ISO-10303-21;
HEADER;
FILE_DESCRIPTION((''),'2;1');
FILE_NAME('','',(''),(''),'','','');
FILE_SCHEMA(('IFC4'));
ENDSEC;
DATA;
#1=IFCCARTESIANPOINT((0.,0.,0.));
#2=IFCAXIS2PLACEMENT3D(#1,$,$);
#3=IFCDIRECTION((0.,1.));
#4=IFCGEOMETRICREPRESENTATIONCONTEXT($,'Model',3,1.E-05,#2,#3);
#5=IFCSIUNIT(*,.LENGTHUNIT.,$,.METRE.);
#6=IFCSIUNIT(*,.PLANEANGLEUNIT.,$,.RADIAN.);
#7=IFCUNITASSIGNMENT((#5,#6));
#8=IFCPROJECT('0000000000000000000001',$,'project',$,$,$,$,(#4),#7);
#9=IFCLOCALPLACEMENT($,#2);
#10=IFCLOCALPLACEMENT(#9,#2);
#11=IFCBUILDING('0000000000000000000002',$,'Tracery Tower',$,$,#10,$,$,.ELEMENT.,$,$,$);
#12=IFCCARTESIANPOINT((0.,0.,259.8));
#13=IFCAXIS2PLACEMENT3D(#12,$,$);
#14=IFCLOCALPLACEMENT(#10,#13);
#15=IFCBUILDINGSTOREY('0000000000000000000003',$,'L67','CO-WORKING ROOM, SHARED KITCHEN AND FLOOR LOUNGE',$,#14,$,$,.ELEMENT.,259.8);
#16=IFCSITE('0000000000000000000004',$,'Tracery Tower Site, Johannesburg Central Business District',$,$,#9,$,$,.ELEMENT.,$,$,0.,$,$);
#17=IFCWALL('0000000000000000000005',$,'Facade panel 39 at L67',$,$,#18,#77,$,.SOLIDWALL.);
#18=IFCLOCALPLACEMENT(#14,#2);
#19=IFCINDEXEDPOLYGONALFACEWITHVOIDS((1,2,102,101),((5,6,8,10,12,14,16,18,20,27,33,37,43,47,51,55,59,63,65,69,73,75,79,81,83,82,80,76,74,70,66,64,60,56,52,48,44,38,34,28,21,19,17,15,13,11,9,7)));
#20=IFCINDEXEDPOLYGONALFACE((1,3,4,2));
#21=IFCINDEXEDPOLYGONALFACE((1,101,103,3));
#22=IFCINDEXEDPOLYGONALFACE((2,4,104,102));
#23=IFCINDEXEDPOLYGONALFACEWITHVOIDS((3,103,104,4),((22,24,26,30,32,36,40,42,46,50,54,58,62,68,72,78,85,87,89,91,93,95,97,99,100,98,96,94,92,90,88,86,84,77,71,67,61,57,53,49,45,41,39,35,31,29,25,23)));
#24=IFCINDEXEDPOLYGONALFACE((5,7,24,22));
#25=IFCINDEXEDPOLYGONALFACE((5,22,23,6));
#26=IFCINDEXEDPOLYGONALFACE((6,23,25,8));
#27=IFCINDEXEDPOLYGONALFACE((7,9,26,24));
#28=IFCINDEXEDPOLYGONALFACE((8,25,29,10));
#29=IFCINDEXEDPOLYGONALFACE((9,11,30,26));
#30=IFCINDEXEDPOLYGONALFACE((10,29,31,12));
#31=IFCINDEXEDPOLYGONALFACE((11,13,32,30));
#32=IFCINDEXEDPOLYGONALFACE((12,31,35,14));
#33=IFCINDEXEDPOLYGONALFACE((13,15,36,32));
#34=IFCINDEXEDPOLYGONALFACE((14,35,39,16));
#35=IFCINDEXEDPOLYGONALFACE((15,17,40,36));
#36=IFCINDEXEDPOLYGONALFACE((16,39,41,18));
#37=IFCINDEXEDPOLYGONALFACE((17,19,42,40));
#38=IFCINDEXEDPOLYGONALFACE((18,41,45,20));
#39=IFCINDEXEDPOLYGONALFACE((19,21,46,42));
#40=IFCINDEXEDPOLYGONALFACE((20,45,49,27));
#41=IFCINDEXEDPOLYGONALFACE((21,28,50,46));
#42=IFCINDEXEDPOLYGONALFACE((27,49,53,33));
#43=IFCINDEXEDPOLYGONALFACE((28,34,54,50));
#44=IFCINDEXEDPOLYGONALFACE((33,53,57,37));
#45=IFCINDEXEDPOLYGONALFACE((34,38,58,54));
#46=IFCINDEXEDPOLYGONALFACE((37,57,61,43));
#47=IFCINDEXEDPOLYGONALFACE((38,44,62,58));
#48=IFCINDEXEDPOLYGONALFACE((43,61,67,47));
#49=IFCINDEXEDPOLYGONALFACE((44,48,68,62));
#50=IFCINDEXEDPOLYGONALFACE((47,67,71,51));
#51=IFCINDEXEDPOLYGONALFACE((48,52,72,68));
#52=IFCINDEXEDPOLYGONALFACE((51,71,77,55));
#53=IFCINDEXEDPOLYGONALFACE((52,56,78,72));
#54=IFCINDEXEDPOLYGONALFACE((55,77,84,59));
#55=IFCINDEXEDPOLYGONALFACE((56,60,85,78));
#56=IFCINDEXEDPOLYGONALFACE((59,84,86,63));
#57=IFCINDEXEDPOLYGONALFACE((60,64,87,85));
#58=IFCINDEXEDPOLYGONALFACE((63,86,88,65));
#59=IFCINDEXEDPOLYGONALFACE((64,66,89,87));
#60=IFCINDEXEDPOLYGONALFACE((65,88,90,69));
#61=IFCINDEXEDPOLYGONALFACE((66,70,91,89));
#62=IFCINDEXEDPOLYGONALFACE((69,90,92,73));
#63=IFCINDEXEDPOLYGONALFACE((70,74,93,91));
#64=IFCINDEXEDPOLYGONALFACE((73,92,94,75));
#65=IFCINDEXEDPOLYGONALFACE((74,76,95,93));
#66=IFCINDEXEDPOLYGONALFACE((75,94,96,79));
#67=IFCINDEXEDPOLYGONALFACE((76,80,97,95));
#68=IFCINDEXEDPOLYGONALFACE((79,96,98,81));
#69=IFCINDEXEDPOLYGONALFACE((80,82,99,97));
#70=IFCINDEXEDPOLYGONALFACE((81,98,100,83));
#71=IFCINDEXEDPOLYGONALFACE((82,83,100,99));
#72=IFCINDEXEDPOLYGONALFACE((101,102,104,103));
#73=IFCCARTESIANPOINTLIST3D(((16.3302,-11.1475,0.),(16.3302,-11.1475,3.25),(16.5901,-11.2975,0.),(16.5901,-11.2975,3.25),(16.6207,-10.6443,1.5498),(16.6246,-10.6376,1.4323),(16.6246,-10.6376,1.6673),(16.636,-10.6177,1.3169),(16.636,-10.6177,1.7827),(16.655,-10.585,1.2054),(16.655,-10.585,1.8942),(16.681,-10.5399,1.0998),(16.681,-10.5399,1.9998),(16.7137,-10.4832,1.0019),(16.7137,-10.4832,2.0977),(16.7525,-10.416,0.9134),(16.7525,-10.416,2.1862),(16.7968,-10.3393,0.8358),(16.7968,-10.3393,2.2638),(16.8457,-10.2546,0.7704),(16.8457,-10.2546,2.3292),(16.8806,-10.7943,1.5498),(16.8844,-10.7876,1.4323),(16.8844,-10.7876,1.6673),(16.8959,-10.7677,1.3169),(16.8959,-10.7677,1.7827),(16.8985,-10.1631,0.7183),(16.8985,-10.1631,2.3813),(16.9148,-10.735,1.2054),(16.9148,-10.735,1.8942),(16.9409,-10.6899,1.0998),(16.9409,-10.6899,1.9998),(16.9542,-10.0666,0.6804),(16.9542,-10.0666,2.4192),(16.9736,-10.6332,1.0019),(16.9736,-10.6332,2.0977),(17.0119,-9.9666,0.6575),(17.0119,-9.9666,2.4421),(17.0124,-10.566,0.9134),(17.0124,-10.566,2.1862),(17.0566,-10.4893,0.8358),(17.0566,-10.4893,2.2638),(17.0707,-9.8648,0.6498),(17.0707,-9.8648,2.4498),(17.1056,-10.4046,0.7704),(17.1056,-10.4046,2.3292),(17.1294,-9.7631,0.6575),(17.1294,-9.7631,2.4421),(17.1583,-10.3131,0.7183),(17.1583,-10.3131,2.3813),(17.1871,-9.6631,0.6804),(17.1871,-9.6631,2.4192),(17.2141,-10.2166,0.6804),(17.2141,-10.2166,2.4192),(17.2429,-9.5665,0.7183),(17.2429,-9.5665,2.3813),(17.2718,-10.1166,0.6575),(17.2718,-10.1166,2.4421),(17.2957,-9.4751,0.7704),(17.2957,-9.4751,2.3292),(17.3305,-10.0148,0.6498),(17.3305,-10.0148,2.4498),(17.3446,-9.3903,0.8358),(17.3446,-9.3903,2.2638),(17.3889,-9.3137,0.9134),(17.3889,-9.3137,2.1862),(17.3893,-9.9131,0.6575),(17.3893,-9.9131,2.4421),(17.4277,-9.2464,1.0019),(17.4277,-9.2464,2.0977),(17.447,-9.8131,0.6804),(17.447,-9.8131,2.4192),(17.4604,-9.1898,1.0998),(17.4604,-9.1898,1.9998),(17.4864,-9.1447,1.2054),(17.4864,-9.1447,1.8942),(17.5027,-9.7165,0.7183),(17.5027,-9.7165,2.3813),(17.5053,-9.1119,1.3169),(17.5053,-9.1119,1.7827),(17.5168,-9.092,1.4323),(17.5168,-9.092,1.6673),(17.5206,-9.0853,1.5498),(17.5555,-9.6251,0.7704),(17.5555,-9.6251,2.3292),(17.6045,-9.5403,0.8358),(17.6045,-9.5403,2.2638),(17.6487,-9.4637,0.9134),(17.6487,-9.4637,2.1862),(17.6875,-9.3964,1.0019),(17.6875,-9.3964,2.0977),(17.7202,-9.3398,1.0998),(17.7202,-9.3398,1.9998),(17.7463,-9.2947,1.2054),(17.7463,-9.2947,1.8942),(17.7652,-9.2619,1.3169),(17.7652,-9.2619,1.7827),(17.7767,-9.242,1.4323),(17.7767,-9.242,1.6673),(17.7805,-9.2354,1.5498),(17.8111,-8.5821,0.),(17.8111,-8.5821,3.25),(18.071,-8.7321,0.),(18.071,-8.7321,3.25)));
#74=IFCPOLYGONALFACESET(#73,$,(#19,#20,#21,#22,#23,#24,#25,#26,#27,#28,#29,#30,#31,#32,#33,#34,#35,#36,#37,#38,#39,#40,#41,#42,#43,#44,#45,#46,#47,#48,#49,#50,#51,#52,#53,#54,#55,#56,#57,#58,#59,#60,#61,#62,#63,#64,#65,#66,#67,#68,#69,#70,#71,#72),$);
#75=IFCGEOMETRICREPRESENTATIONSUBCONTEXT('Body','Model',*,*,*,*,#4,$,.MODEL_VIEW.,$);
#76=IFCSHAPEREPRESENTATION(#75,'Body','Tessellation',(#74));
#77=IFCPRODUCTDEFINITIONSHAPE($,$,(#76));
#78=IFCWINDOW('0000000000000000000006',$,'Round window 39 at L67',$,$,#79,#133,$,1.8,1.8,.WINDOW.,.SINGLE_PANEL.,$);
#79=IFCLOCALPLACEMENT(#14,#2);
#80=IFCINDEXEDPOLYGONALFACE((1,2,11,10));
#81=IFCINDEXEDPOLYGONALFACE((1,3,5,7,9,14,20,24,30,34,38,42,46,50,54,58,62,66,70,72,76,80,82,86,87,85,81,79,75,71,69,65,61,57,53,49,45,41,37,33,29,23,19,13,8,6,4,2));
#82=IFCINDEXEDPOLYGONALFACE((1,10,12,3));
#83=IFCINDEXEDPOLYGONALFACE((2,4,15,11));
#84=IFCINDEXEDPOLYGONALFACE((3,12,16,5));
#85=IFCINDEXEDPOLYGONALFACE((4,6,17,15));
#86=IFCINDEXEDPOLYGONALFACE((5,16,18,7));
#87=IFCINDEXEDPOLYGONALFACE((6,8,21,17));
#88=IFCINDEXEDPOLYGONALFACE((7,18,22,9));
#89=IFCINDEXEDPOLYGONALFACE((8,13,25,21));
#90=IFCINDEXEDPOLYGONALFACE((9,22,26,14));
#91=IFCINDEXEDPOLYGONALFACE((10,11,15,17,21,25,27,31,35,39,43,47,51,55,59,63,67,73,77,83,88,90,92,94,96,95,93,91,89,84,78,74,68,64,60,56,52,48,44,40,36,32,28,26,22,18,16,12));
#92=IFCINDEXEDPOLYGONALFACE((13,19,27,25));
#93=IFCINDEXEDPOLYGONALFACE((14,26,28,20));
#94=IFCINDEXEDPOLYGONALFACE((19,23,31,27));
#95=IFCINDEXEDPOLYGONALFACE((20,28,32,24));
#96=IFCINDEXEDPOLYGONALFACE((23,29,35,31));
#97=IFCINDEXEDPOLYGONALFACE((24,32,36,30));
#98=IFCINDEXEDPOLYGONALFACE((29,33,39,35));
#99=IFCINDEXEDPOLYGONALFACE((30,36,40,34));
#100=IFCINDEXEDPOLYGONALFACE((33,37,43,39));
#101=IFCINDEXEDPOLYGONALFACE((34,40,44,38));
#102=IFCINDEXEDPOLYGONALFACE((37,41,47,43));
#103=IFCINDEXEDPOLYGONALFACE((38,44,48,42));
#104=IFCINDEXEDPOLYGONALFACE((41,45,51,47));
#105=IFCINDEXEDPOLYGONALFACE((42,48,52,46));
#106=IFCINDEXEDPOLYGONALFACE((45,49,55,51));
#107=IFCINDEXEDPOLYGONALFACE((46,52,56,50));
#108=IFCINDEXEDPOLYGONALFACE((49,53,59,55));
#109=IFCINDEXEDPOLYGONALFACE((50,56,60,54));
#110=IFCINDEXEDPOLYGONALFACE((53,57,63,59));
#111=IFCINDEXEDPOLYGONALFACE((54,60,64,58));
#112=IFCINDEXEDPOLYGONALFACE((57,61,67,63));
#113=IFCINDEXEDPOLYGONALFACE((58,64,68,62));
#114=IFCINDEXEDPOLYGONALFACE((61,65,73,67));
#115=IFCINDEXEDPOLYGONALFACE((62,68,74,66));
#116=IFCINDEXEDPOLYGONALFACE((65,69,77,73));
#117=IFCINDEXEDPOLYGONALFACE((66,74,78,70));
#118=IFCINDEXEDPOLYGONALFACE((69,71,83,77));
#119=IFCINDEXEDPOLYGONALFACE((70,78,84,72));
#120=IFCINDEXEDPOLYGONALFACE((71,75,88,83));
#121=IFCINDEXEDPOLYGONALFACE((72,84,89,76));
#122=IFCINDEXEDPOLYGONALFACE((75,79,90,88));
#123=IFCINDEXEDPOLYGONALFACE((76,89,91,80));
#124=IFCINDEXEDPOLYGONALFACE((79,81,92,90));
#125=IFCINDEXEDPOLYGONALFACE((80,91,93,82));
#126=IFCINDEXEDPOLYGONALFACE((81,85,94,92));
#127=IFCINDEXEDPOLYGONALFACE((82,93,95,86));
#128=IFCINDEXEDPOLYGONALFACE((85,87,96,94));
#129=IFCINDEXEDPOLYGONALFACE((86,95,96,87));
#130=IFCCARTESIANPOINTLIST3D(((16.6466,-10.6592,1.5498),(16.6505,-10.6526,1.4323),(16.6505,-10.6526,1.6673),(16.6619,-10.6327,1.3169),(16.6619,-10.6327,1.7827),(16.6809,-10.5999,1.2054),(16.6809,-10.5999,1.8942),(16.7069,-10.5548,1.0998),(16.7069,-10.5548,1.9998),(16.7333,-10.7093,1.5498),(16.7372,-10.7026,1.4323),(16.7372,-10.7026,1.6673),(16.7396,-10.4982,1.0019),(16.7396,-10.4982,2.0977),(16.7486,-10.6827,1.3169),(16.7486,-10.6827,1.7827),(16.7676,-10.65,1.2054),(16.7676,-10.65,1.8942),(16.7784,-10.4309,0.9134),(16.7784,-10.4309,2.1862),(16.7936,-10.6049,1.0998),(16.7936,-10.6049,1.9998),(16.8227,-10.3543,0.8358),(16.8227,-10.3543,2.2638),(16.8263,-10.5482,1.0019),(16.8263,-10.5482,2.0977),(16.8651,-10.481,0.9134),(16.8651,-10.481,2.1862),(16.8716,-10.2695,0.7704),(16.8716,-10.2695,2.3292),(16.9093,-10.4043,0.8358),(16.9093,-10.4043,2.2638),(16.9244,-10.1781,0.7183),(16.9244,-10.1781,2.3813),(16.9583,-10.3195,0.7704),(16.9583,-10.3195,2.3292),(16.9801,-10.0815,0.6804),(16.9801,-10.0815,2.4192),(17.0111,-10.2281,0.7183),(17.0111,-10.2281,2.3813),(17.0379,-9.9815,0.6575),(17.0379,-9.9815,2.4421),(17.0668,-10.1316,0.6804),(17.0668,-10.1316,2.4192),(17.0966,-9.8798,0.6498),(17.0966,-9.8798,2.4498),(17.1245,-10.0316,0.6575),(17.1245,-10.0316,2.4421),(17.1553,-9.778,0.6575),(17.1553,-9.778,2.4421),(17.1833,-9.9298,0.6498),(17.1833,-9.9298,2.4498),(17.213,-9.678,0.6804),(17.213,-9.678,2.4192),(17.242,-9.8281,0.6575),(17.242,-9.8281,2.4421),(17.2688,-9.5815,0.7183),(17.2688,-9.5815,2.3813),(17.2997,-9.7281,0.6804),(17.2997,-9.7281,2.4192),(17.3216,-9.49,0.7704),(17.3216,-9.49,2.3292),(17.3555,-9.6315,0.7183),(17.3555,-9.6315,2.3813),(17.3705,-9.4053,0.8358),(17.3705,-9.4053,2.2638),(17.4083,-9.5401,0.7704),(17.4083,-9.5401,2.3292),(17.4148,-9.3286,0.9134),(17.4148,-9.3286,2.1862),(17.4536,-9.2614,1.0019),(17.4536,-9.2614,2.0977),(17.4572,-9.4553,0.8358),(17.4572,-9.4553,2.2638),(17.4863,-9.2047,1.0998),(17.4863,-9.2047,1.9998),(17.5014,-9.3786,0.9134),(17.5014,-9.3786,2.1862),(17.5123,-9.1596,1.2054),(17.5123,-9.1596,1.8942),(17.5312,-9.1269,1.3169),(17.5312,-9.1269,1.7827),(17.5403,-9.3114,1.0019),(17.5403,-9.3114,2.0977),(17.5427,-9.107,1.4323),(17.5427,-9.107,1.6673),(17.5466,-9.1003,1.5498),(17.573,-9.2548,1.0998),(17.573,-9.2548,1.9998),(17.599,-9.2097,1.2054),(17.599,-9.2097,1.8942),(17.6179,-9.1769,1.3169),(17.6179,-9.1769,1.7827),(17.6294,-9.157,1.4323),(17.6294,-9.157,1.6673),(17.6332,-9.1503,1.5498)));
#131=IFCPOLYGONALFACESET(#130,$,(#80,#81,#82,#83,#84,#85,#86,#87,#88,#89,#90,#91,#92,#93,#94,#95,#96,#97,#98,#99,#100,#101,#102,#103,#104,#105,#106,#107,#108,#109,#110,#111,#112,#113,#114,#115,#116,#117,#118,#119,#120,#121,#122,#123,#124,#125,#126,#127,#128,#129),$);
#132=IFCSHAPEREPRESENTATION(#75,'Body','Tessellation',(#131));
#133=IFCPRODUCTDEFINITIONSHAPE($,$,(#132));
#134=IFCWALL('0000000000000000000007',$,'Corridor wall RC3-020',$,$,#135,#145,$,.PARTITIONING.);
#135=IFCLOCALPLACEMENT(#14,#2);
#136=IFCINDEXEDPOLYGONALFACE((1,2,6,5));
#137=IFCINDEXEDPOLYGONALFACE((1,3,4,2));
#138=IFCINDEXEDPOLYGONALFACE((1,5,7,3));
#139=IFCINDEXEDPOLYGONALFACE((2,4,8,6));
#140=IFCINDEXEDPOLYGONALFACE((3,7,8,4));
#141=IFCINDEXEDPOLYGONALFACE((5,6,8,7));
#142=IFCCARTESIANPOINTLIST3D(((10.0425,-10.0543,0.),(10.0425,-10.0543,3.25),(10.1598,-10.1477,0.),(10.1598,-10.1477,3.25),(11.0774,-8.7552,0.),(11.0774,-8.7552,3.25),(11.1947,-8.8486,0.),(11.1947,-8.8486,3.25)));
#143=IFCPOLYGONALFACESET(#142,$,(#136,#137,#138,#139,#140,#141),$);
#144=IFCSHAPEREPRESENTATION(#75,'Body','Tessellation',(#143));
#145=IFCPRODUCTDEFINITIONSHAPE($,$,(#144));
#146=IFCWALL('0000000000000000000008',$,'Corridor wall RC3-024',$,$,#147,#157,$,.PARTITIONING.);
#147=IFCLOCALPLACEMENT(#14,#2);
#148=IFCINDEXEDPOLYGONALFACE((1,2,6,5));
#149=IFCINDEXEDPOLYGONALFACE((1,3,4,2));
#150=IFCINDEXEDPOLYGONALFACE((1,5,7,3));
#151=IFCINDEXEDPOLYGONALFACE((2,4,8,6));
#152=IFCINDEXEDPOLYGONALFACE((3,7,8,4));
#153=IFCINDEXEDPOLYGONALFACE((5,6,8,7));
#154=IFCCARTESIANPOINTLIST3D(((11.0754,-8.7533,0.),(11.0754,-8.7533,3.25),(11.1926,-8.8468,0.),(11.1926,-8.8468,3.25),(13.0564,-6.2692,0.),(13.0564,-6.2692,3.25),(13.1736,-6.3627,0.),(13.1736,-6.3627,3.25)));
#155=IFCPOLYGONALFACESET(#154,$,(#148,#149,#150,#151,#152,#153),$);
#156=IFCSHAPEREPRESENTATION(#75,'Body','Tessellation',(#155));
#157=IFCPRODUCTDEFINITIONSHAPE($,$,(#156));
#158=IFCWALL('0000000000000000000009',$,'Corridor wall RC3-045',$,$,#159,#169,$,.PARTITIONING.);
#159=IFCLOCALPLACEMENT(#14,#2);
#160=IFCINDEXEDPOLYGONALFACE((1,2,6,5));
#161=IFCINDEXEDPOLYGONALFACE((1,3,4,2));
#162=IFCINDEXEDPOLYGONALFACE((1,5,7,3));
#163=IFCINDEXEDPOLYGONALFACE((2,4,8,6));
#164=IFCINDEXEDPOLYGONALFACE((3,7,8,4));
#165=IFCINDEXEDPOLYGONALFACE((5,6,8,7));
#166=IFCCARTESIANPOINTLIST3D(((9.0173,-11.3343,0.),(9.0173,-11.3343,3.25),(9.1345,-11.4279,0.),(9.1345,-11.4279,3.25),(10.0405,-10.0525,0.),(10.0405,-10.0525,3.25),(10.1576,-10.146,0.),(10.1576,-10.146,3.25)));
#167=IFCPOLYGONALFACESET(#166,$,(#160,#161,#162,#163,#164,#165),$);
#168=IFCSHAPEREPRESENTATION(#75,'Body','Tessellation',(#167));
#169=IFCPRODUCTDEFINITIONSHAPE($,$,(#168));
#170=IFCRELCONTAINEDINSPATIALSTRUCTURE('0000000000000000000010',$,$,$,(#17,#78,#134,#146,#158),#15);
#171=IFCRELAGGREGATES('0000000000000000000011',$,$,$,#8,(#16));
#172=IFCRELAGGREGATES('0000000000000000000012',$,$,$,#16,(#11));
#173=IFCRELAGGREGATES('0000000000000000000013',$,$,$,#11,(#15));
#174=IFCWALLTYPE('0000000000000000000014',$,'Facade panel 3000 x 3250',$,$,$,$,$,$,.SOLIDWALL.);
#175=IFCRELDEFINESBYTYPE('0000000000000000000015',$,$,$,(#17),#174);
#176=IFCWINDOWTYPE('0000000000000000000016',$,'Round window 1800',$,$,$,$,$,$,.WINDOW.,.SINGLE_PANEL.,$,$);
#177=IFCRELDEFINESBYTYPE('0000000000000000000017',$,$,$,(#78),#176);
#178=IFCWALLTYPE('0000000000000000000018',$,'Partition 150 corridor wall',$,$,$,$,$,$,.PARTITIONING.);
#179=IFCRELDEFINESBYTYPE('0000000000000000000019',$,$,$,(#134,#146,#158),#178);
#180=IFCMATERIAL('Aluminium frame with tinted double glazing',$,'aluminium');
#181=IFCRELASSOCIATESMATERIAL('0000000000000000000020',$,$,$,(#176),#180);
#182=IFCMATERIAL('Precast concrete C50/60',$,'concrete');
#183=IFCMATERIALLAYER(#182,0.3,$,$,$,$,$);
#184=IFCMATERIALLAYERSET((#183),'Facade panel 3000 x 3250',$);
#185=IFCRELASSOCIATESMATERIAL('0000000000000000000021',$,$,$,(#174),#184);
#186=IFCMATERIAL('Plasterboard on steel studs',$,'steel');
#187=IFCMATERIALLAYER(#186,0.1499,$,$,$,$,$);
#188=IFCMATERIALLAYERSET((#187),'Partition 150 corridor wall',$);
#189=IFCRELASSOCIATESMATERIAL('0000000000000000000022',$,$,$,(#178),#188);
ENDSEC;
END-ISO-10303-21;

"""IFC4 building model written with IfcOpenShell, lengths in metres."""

from ifc_helpers import new_model, si_unit, direction, frame, frame_2d, origin, origin_2d, place, context, subcontext, project, spatial, rectangle, circle, extrude, material, layer, layer_set, type_object, element, fill, save


model = new_model("IFC4")

# Units and contexts
model_context = context("Model", 3, precision=1e-05, world=origin(), true_north=direction((0.0, 1.0)))
body_context = subcontext(model_context, "Body", "Model", "MODEL_VIEW")
ifc_project = project(units=[si_unit("LENGTHUNIT", "METRE"), si_unit("PLANEANGLEUNIT", "RADIAN")], contexts=[model_context])

# Site, building, storey
site_placement = place(None, origin())
site = spatial("IfcSite", under=ifc_project, at=site_placement, Name="Tracery Tower Site, Johannesburg Central Business District", CompositionType="ELEMENT", RefElevation=0.0)
building_placement = place(site_placement, origin())
building = spatial("IfcBuilding", under=site, at=building_placement, Name="Tracery Tower", CompositionType="ELEMENT")
storey_placement = place(building_placement, frame((0.0, 0.0, 259.8)))
storey = spatial("IfcBuildingStorey", under=building, at=storey_placement, Name="L67", Description="CO-WORKING ROOM, SHARED KITCHEN AND FLOOR LOUNGE", CompositionType="ELEMENT", Elevation=259.8)

# Wall, opening, window
ifc_material_1 = material(Name="Aluminium frame with tinted double glazing", Category="aluminium")
window_type = type_object("IfcWindowType", Name="Round window 1800", PartitioningType="SINGLE_PANEL", PredefinedType="WINDOW", material=ifc_material_1)
ifc_material_2 = material(Name="Precast concrete C50/60", Category="concrete")
ifc_layer_1 = layer(ifc_material_2, 0.3)
ifc_layer_set_1 = layer_set([ifc_layer_1], Name="Facade panel 3000 x 3250")
wall_type_1 = type_object("IfcWallType", Name="Facade panel 3000 x 3250", PredefinedType="SOLIDWALL", material=ifc_layer_set_1)
wall_1_placement = place(storey_placement, frame((16.4602, -11.2224, 0.0), z_axis=(0.0, 0.0, 1.0), x_axis=(0.499951, 0.866054, 0.0)))
wall_1 = element("IfcWall", 1, at=wall_1_placement, inside=storey, type_object=wall_type_1, Name="Facade panel 39 at L67", PredefinedType="SOLIDWALL", context=body_context, shape_type="SweptSolid", body=[
    extrude(rectangle(XDim=2.9622, YDim=0.3, at=frame_2d((1.481, 0.0))), origin(), (0.0, 0.0, 1.0), 3.25),
])
opening_1_placement = place(wall_1_placement, frame((1.481, 0.0, 1.5498)))
opening_1 = element("IfcOpeningElement", 2, at=opening_1_placement, cuts=wall_1, PredefinedType="OPENING", context=body_context, shape_type="SweptSolid", body=[
    extrude(circle(Radius=0.9, at=origin_2d()), frame((0.0, 0.1599, 0.0), z_axis=(0.0, -1.0, 0.0), x_axis=(1.0, 0.0, 0.0)), (0.0, 0.0, 1.0), 0.3201),
])
window_1_placement = place(opening_1_placement, origin())
window_1 = element("IfcWindow", 3, at=window_1_placement, inside=storey, type_object=window_type, Name="Round window 39 at L67", OverallHeight=1.8, OverallWidth=1.8, PartitioningType="SINGLE_PANEL", PredefinedType="WINDOW", context=body_context, shape_type="SweptSolid", body=[
    extrude(circle(Radius=0.9, at=origin_2d()), frame((0.0, 0.1201, 0.0), z_axis=(0.0, -1.0, 0.0), x_axis=(1.0, 0.0, 0.0)), (0.0, 0.0, 1.0), 0.1001),
])
fill(opening_1, window_1)

# Walls
ifc_material_3 = material(Name="Plasterboard on steel studs", Category="steel")
ifc_layer_2 = layer(ifc_material_3, 0.1499)
ifc_layer_set_2 = layer_set([ifc_layer_2], Name="Partition 150 corridor wall")
wall_type_2 = type_object("IfcWallType", Name="Partition 150 corridor wall", PredefinedType="PARTITIONING", material=ifc_layer_set_2)
wall_2_placement = place(storey_placement, frame((10.1011, -10.1011, 0.0), z_axis=(0.0, 0.0, 1.0), x_axis=(0.623098, 0.782143, 0.0)))
element("IfcWall", 4, at=wall_2_placement, inside=storey, type_object=wall_type_2, Name="Corridor wall RC3-020", PredefinedType="PARTITIONING", context=body_context, shape_type="SweptSolid", body=[
    extrude(rectangle(XDim=1.6609, YDim=0.1499, at=frame_2d((0.8306, 0.0))), origin(), (0.0, 0.0, 1.0), 3.25),
])
wall_3_placement = place(storey_placement, frame((11.134, -8.8, 0.0), z_axis=(0.0, 0.0, 1.0), x_axis=(0.623476, 0.781842, 0.0)))
element("IfcWall", 5, at=wall_3_placement, inside=storey, type_object=wall_type_2, Name="Corridor wall RC3-024", PredefinedType="PARTITIONING", context=body_context, shape_type="SweptSolid", body=[
    extrude(rectangle(XDim=3.1772, YDim=0.1499, at=frame_2d((1.5886, 0.0))), origin(), (0.0, 0.0, 1.0), 3.25),
])
wall_4_placement = place(storey_placement, frame((9.0759, -11.3811, 0.0), z_axis=(0.0, 0.0, 1.0), x_axis=(0.623805, 0.78158, 0.0)))
element("IfcWall", 6, at=wall_4_placement, inside=storey, type_object=wall_type_2, Name="Corridor wall RC3-045", PredefinedType="PARTITIONING", context=body_context, shape_type="SweptSolid", body=[
    extrude(rectangle(XDim=1.6401, YDim=0.1499, at=frame_2d((0.8201, 0.0))), origin(), (0.0, 0.0, 1.0), 3.25),
])

save(model, "model.ifc")
